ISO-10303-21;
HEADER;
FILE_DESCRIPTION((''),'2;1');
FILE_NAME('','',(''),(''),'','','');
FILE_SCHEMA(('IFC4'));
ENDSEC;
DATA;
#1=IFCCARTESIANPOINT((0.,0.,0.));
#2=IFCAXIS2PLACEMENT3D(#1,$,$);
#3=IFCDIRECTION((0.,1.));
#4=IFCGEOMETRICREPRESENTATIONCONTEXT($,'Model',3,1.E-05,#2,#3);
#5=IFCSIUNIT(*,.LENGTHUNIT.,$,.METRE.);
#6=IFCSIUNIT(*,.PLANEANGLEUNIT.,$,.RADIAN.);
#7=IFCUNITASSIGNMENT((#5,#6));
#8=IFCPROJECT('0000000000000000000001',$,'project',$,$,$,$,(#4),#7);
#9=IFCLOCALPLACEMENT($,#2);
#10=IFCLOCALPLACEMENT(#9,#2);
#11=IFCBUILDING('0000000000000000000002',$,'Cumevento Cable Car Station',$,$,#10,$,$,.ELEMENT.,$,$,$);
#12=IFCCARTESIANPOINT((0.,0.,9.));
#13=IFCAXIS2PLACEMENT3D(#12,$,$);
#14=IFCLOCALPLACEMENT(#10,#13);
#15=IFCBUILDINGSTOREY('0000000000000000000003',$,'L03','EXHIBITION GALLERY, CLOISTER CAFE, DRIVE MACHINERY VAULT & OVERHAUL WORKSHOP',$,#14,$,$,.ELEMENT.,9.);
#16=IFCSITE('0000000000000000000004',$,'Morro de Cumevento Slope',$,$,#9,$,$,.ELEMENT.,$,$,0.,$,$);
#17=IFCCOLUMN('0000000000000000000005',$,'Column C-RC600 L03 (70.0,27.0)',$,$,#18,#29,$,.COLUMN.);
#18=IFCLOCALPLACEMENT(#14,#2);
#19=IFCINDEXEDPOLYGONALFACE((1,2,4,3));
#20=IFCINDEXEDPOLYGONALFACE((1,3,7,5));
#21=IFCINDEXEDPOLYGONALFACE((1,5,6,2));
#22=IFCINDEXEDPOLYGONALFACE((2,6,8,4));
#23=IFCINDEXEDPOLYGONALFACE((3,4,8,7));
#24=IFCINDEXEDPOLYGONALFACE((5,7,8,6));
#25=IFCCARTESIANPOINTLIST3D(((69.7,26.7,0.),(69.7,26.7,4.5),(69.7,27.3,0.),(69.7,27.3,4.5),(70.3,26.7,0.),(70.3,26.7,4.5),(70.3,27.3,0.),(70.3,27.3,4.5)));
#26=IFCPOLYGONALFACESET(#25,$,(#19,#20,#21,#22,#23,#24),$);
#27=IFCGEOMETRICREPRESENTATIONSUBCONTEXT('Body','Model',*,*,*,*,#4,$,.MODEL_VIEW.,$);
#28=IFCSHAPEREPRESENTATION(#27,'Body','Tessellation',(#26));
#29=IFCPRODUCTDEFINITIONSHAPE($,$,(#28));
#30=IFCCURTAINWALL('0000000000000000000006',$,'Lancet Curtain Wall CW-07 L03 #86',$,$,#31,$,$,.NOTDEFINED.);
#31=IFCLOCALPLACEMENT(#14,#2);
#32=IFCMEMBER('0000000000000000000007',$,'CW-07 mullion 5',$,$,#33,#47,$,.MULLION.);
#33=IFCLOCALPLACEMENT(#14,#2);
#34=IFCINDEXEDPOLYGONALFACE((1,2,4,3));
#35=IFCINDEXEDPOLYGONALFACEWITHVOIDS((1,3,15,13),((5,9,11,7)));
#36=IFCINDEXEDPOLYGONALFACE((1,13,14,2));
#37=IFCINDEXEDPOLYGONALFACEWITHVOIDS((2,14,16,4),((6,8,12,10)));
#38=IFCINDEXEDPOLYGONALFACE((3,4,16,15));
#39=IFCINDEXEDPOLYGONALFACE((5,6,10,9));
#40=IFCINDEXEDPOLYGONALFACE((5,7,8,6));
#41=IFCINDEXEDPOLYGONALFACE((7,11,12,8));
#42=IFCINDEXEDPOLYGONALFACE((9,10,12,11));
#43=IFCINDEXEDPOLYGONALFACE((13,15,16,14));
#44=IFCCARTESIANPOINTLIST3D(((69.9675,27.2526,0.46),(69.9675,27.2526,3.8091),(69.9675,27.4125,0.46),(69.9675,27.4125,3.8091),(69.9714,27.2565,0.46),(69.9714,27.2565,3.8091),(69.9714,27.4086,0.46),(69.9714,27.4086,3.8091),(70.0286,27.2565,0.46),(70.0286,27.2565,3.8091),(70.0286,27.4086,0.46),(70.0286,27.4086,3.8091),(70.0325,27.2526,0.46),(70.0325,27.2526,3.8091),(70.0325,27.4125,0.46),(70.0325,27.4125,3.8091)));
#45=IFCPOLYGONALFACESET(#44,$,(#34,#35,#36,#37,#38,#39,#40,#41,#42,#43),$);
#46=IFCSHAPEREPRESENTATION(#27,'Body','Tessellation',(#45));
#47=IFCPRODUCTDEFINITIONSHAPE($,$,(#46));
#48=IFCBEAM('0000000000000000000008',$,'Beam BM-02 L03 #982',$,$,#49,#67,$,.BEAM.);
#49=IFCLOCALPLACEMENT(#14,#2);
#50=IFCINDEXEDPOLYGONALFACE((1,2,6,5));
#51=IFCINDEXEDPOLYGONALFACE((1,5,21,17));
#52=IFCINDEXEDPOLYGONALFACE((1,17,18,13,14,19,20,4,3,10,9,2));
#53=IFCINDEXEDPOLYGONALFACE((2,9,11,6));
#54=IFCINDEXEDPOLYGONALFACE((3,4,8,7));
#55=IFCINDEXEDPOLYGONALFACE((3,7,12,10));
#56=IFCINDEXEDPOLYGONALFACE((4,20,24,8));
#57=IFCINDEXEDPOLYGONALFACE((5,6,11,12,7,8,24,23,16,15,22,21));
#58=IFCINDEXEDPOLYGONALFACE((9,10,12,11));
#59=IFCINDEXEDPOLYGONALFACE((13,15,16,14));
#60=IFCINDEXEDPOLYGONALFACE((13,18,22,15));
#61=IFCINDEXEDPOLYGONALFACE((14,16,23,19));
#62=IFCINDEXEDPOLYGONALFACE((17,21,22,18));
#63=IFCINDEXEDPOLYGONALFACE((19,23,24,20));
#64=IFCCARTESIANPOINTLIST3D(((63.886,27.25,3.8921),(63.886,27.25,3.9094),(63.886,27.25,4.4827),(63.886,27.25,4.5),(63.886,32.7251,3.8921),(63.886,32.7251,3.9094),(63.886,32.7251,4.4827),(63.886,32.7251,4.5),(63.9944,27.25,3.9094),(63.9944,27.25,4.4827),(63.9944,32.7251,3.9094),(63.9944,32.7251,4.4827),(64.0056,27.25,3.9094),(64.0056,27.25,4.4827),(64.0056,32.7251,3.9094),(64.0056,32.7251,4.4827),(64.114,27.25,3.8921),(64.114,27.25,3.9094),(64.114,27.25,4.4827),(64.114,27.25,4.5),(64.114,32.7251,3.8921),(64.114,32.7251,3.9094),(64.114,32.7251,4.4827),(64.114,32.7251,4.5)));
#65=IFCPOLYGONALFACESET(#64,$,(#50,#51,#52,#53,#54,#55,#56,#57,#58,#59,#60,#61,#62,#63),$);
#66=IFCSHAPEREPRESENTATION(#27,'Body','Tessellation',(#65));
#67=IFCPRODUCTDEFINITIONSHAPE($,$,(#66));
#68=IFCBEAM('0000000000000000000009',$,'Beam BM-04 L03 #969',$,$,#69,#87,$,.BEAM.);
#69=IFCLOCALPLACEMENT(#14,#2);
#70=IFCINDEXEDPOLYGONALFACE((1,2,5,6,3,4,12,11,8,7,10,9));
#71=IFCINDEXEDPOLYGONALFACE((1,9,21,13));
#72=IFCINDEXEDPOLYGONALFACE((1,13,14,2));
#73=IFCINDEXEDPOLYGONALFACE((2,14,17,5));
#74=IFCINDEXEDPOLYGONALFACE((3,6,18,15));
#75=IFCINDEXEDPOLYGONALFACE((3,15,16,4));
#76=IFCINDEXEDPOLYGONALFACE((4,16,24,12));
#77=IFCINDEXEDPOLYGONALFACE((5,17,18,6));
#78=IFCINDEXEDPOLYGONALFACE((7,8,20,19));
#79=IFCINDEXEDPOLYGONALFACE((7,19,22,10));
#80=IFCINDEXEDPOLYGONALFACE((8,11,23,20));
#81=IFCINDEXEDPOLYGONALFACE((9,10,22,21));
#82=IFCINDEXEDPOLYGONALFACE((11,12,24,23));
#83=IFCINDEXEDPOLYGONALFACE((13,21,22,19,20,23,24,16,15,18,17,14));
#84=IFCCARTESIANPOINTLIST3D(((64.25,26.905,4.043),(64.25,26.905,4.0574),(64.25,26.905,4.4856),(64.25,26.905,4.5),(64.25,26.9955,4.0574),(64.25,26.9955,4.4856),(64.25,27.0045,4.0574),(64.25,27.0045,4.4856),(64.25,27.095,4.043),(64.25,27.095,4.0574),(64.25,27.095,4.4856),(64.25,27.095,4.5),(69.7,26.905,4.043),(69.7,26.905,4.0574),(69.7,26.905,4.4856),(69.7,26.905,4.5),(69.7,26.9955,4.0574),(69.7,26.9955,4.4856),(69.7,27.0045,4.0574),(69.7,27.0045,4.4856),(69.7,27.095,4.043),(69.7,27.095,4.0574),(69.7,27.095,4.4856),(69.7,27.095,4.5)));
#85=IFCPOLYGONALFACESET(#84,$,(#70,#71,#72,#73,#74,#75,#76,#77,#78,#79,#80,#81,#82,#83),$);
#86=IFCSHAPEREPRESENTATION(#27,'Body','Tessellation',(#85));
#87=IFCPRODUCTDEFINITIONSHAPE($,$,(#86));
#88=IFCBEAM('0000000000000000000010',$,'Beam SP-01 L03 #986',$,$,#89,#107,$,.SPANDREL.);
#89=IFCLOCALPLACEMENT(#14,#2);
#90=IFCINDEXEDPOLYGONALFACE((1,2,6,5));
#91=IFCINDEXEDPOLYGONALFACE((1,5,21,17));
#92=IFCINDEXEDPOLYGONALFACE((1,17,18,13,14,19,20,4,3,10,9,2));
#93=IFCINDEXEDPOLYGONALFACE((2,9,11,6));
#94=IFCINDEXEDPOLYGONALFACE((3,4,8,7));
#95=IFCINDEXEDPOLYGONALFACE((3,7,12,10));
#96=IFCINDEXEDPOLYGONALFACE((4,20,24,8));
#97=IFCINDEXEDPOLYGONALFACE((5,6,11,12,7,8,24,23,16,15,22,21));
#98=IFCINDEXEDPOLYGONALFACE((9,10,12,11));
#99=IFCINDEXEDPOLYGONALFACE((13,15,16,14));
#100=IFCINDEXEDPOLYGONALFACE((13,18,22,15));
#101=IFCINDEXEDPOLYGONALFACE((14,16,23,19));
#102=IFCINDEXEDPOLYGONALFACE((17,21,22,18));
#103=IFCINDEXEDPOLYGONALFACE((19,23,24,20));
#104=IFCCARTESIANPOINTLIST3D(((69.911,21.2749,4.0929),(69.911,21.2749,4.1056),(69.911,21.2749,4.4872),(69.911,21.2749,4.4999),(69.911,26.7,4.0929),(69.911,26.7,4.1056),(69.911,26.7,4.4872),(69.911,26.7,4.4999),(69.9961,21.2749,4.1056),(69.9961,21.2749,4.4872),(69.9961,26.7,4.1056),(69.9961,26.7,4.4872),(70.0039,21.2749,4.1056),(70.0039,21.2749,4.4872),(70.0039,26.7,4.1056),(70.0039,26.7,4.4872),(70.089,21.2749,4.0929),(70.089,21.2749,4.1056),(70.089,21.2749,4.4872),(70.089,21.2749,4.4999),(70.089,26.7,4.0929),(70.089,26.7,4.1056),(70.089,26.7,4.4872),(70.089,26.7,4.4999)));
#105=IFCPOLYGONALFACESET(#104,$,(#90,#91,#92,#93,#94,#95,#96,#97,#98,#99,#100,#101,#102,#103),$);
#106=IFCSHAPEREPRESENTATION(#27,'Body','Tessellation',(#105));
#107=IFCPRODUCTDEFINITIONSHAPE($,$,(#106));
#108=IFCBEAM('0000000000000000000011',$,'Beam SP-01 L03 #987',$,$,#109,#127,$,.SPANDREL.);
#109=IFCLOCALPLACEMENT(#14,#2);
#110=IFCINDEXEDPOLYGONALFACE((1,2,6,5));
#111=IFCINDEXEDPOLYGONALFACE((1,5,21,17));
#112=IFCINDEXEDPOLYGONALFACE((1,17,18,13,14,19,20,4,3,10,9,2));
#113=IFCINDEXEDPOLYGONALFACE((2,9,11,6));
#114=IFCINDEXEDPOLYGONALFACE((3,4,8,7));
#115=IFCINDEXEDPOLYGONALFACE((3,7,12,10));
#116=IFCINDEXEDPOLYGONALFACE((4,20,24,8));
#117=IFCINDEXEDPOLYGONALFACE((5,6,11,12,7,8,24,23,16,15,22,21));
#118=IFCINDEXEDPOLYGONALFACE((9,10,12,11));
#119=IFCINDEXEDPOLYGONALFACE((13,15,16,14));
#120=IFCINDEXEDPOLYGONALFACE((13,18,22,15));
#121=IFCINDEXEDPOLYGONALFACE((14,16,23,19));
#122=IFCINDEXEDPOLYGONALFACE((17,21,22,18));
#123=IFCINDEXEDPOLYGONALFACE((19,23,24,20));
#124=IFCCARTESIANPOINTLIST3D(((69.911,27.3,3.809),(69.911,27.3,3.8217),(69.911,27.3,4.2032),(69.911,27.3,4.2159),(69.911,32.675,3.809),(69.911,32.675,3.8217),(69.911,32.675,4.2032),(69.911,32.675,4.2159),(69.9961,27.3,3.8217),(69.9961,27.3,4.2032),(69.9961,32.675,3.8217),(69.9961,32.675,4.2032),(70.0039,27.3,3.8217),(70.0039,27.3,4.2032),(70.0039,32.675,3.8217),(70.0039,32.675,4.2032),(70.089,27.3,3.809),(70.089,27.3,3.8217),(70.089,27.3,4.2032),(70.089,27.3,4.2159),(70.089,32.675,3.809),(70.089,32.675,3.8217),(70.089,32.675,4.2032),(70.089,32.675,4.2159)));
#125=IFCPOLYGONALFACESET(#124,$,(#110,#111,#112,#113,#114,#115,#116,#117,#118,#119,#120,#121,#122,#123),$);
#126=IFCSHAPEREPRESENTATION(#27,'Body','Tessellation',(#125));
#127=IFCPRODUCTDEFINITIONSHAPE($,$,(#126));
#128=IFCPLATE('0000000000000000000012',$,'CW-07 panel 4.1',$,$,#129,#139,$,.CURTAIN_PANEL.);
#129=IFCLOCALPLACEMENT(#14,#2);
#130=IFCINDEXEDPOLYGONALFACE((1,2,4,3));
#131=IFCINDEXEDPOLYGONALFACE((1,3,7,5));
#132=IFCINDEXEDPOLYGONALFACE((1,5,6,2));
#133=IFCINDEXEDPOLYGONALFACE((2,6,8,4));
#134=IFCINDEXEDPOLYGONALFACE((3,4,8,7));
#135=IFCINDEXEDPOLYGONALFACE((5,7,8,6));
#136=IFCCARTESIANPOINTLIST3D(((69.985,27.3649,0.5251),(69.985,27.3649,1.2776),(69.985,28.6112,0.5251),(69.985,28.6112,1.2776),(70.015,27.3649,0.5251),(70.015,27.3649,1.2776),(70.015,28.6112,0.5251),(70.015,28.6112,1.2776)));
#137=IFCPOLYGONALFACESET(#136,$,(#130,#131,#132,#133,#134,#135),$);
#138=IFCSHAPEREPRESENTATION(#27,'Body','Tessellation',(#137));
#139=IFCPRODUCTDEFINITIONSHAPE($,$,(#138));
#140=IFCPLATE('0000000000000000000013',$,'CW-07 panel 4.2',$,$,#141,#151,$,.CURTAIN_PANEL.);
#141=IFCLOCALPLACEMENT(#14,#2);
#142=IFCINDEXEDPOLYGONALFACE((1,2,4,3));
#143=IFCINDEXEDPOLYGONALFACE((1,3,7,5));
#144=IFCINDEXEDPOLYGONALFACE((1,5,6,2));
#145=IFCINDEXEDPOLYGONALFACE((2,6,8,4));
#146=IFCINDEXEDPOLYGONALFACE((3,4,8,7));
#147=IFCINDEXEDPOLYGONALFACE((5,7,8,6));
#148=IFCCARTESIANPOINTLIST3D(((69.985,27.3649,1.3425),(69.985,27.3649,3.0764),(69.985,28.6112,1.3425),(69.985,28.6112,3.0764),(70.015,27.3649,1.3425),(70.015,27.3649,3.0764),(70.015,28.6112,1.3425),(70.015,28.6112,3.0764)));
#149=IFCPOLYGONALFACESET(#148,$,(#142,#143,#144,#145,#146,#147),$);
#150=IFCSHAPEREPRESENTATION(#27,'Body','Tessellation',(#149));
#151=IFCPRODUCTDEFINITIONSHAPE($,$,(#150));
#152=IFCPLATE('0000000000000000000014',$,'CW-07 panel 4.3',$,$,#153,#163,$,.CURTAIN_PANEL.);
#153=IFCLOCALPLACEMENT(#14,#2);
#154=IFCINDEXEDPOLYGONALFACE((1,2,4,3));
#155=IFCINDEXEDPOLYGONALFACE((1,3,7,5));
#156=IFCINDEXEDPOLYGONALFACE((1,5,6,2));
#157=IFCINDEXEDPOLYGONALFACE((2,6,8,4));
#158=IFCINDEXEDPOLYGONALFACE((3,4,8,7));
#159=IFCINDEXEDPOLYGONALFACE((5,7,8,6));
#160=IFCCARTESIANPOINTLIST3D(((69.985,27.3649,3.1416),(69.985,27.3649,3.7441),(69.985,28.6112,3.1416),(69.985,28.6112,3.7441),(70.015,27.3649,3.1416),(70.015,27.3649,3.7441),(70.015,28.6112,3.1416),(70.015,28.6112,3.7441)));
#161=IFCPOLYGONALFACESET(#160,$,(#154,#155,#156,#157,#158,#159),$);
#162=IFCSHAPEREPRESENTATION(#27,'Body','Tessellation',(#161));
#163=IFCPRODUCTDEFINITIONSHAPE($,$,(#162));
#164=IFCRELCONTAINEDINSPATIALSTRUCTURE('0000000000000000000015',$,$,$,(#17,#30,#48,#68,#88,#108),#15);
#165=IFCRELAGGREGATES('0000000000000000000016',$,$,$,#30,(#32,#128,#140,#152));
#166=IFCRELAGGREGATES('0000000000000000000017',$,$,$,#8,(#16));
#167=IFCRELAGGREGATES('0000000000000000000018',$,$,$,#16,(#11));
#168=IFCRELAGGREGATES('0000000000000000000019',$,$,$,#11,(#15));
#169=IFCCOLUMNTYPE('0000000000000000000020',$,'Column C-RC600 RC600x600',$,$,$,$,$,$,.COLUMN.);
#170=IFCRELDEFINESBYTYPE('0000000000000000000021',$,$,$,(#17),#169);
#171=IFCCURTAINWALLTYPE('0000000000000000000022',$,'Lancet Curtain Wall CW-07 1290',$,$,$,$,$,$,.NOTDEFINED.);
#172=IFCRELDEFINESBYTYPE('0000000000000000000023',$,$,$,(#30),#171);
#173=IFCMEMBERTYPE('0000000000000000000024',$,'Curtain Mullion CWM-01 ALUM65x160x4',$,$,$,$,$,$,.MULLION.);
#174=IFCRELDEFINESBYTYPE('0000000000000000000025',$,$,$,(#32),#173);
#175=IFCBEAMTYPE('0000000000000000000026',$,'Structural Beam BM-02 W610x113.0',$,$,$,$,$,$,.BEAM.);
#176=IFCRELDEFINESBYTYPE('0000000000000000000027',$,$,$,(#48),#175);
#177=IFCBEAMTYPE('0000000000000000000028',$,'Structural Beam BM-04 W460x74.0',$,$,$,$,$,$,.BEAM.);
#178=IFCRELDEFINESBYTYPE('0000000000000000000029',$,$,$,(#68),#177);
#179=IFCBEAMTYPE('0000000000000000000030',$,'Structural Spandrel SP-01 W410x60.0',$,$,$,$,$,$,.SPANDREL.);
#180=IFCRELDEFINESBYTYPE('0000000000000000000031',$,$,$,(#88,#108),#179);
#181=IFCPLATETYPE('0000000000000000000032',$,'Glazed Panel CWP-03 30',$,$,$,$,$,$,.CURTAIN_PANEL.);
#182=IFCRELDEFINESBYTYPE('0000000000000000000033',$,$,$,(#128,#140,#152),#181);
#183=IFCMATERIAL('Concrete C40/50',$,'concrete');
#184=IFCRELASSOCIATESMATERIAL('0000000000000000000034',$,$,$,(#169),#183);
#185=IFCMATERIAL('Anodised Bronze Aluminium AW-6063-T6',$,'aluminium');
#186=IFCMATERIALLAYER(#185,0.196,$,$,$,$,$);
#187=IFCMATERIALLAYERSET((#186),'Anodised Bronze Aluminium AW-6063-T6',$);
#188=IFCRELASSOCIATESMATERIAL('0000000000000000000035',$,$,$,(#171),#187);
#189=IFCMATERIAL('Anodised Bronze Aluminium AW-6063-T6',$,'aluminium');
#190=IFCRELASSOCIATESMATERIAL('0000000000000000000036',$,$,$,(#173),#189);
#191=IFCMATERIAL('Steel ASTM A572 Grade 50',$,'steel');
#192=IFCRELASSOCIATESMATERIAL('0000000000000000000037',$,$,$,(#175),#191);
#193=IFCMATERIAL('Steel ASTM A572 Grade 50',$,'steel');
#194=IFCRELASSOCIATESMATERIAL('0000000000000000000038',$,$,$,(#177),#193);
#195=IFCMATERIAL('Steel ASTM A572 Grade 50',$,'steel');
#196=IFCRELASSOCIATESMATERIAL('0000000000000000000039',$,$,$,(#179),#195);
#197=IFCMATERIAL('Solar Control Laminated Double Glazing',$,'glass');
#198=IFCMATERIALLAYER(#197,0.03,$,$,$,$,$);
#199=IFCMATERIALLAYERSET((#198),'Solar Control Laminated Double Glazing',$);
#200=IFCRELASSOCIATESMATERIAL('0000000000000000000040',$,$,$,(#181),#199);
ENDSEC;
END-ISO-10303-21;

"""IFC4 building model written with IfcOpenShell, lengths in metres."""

from ifc_helpers import new_model, si_unit, direction, frame, origin, origin_2d, place, context, subcontext, project, spatial, rectangle, hollow_rectangle, i_section, extrude, material, layer, layer_set, material_profile, profile_set, type_object, element, aggregate, save


model = new_model("IFC4")

# Units and contexts
model_context = context("Model", 3, precision=1e-05, world=origin(), true_north=direction((0.0, 1.0)))
body_context = subcontext(model_context, "Body", "Model", "MODEL_VIEW")
ifc_project = project(units=[si_unit("LENGTHUNIT", "METRE"), si_unit("PLANEANGLEUNIT", "RADIAN")], contexts=[model_context])

# Site, building, storey
site_placement = place(None, origin())
site = spatial("IfcSite", under=ifc_project, at=site_placement, Name="Morro de Cumevento Slope", CompositionType="ELEMENT", RefElevation=0.0)
building_placement = place(site_placement, origin())
building = spatial("IfcBuilding", under=site, at=building_placement, Name="Cumevento Cable Car Station", CompositionType="ELEMENT")
storey_placement = place(building_placement, frame((0.0, 0.0, 9.0)))
storey = spatial("IfcBuildingStorey", under=building, at=storey_placement, Name="L03", Description="EXHIBITION GALLERY, CLOISTER CAFE, DRIVE MACHINERY VAULT & OVERHAUL WORKSHOP", CompositionType="ELEMENT", Elevation=9.0)

# Column
ifc_material_1 = material(Name="Concrete C40/50", Category="concrete")
ifc_material_profile_1 = material_profile(ifc_material_1, rectangle(XDim=0.6001, YDim=0.6001, at=origin_2d()), Name="RC600x600")
ifc_profile_set_1 = profile_set([ifc_material_profile_1], Name="Concrete C40/50")
column_type = type_object("IfcColumnType", Name="Column C-RC600 RC600x600", PredefinedType="COLUMN", material=ifc_profile_set_1)
column_placement = place(storey_placement, frame((70.0, 27.0, 0.0), z_axis=(0.0, 0.0, 1.0), x_axis=(1.0, 0.0, 0.0)))
element("IfcColumn", 1, at=column_placement, inside=storey, type_object=column_type, Name="Column C-RC600 L03 (70.0,27.0)", PredefinedType="COLUMN", context=body_context, shape_type="SweptSolid", body=[
    extrude(rectangle(XDim=0.6001, YDim=0.6001, at=origin_2d()), origin(), (0.0, 0.0, 1.0), 4.5),
])

# Curtain wall, member
ifc_material_2 = material(Name="Anodised Bronze Aluminium AW-6063-T6", Category="aluminium")
ifc_layer_1 = layer(ifc_material_2, 0.196)
ifc_layer_set_1 = layer_set([ifc_layer_1], Name="Anodised Bronze Aluminium AW-6063-T6")
curtain_wall_type = type_object("IfcCurtainWallType", Name="Lancet Curtain Wall CW-07 1290", PredefinedType="NOTDEFINED", material=ifc_layer_set_1)
curtain_wall_placement = place(storey_placement, origin())
curtain_wall = element("IfcCurtainWall", 2, at=curtain_wall_placement, inside=storey, type_object=curtain_wall_type, Name="Lancet Curtain Wall CW-07 L03 #86", PredefinedType="NOTDEFINED")
ifc_material_3 = material(Name="Anodised Bronze Aluminium AW-6063-T6", Category="aluminium")
ifc_material_profile_2 = material_profile(ifc_material_3, hollow_rectangle(XDim=0.0649, YDim=0.1599, WallThickness=0.0039, at=origin_2d()), Name="ALUM65x160x4")
ifc_profile_set_2 = profile_set([ifc_material_profile_2], Name="Anodised Bronze Aluminium AW-6063-T6")
member_type = type_object("IfcMemberType", Name="Curtain Mullion CWM-01 ALUM65x160x4", PredefinedType="MULLION", material=ifc_profile_set_2)
member_placement = place(storey_placement, frame((70.0, 27.3325, 0.46), z_axis=(0.0, 0.0, 1.0), x_axis=(1.0, 0.0, 0.0)))
member = element("IfcMember", 3, at=member_placement, type_object=member_type, Name="CW-07 mullion 5", PredefinedType="MULLION", context=body_context, shape_type="SweptSolid", body=[
    extrude(hollow_rectangle(XDim=0.0649, YDim=0.1599, WallThickness=0.0039, at=origin_2d()), origin(), (0.0, 0.0, 1.0), 3.3491),
])

# Beams
ifc_material_4 = material(Name="Steel ASTM A572 Grade 50", Category="steel")
ifc_material_profile_3 = material_profile(ifc_material_4, i_section(OverallWidth=0.228, OverallDepth=0.6079, WebThickness=0.0112, FlangeThickness=0.0173, at=origin_2d()), Name="W610x113.0")
ifc_profile_set_3 = profile_set([ifc_material_profile_3], Name="Steel ASTM A572 Grade 50")
beam_type_1 = type_object("IfcBeamType", Name="Structural Beam BM-02 W610x113.0", PredefinedType="BEAM", material=ifc_profile_set_3)
beam_1_placement = place(storey_placement, frame((64.0, 27.25, 4.196), z_axis=(0.0, 1.0, 0.0), x_axis=(-1.0, 0.0, 0.0)))
element("IfcBeam", 4, at=beam_1_placement, inside=storey, type_object=beam_type_1, Name="Beam BM-02 L03 #982", PredefinedType="BEAM", context=body_context, shape_type="SweptSolid", body=[
    extrude(i_section(OverallWidth=0.228, OverallDepth=0.6079, WebThickness=0.0112, FlangeThickness=0.0173, at=origin_2d()), origin(), (0.0, 0.0, 1.0), 5.4751),
])
ifc_material_5 = material(Name="Steel ASTM A572 Grade 50", Category="steel")
ifc_material_profile_4 = material_profile(ifc_material_5, i_section(OverallWidth=0.1899, OverallDepth=0.457, WebThickness=0.009, FlangeThickness=0.0144, at=origin_2d()), Name="W460x74.0")
ifc_profile_set_4 = profile_set([ifc_material_profile_4], Name="Steel ASTM A572 Grade 50")
beam_type_2 = type_object("IfcBeamType", Name="Structural Beam BM-04 W460x74.0", PredefinedType="BEAM", material=ifc_profile_set_4)
beam_2_placement = place(storey_placement, frame((64.25, 27.0, 4.2715), z_axis=(1.0, 0.0, 0.0), x_axis=(0.0, 1.0, 0.0)))
element("IfcBeam", 5, at=beam_2_placement, inside=storey, type_object=beam_type_2, Name="Beam BM-04 L03 #969", PredefinedType="BEAM", context=body_context, shape_type="SweptSolid", body=[
    extrude(i_section(OverallWidth=0.1899, OverallDepth=0.457, WebThickness=0.009, FlangeThickness=0.0144, at=origin_2d()), origin(), (0.0, 0.0, 1.0), 5.45),
])
ifc_material_6 = material(Name="Steel ASTM A572 Grade 50", Category="steel")
ifc_material_profile_5 = material_profile(ifc_material_6, i_section(OverallWidth=0.178, OverallDepth=0.407, WebThickness=0.0078, FlangeThickness=0.0127, at=origin_2d()), Name="W410x60.0")
ifc_profile_set_5 = profile_set([ifc_material_profile_5], Name="Steel ASTM A572 Grade 50")
beam_type_3 = type_object("IfcBeamType", Name="Structural Spandrel SP-01 W410x60.0", PredefinedType="SPANDREL", material=ifc_profile_set_5)
beam_3_placement = place(storey_placement, frame((70.0, 21.2749, 4.2964), z_axis=(0.0, 1.0, 0.0), x_axis=(-1.0, 0.0, 0.0)))
element("IfcBeam", 6, at=beam_3_placement, inside=storey, type_object=beam_type_3, Name="Beam SP-01 L03 #986", PredefinedType="SPANDREL", context=body_context, shape_type="SweptSolid", body=[
    extrude(i_section(OverallWidth=0.178, OverallDepth=0.407, WebThickness=0.0078, FlangeThickness=0.0127, at=origin_2d()), origin(), (0.0, 0.0, 1.0), 5.425),
])
beam_4_placement = place(storey_placement, frame((70.0, 27.3, 4.0125), z_axis=(0.0, 1.0, 0.0), x_axis=(-1.0, 0.0, 0.0)))
element("IfcBeam", 7, at=beam_4_placement, inside=storey, type_object=beam_type_3, Name="Beam SP-01 L03 #987", PredefinedType="SPANDREL", context=body_context, shape_type="SweptSolid", body=[
    extrude(i_section(OverallWidth=0.178, OverallDepth=0.407, WebThickness=0.0078, FlangeThickness=0.0127, at=origin_2d()), origin(), (0.0, 0.0, 1.0), 5.375),
])

# Plates
ifc_material_7 = material(Name="Solar Control Laminated Double Glazing", Category="glass")
ifc_layer_2 = layer(ifc_material_7, 0.03)
ifc_layer_set_2 = layer_set([ifc_layer_2], Name="Solar Control Laminated Double Glazing")
plate_type = type_object("IfcPlateType", Name="Glazed Panel CWP-03 30", PredefinedType="CURTAIN_PANEL", material=ifc_layer_set_2)
plate_1_placement = place(storey_placement, frame((70.0, 27.988, 0.5251), z_axis=(0.0, 0.0, 1.0), x_axis=(0.0, -1.0, 0.0)))
plate_1 = element("IfcPlate", 8, at=plate_1_placement, type_object=plate_type, Name="CW-07 panel 4.1", PredefinedType="CURTAIN_PANEL", context=body_context, shape_type="SweptSolid", body=[
    extrude(rectangle(XDim=1.2463, YDim=0.03, at=origin_2d()), origin(), (0.0, 0.0, 1.0), 0.7524),
])
plate_2_placement = place(storey_placement, frame((70.0, 27.988, 1.3425), z_axis=(0.0, 0.0, 1.0), x_axis=(0.0, -1.0, 0.0)))
plate_2 = element("IfcPlate", 9, at=plate_2_placement, type_object=plate_type, Name="CW-07 panel 4.2", PredefinedType="CURTAIN_PANEL", context=body_context, shape_type="SweptSolid", body=[
    extrude(rectangle(XDim=1.2463, YDim=0.03, at=origin_2d()), origin(), (0.0, 0.0, 1.0), 1.7339),
])
plate_3_placement = place(storey_placement, frame((70.0, 27.988, 3.1416), z_axis=(0.0, 0.0, 1.0), x_axis=(0.0, -1.0, 0.0)))
plate_3 = element("IfcPlate", 10, at=plate_3_placement, type_object=plate_type, Name="CW-07 panel 4.3", PredefinedType="CURTAIN_PANEL", context=body_context, shape_type="SweptSolid", body=[
    extrude(rectangle(XDim=1.2463, YDim=0.03, at=origin_2d()), origin(), (0.0, 0.0, 1.0), 0.6025),
])
aggregate(curtain_wall, [member, plate_1, plate_2, plate_3])

save(model, "model.ifc")
